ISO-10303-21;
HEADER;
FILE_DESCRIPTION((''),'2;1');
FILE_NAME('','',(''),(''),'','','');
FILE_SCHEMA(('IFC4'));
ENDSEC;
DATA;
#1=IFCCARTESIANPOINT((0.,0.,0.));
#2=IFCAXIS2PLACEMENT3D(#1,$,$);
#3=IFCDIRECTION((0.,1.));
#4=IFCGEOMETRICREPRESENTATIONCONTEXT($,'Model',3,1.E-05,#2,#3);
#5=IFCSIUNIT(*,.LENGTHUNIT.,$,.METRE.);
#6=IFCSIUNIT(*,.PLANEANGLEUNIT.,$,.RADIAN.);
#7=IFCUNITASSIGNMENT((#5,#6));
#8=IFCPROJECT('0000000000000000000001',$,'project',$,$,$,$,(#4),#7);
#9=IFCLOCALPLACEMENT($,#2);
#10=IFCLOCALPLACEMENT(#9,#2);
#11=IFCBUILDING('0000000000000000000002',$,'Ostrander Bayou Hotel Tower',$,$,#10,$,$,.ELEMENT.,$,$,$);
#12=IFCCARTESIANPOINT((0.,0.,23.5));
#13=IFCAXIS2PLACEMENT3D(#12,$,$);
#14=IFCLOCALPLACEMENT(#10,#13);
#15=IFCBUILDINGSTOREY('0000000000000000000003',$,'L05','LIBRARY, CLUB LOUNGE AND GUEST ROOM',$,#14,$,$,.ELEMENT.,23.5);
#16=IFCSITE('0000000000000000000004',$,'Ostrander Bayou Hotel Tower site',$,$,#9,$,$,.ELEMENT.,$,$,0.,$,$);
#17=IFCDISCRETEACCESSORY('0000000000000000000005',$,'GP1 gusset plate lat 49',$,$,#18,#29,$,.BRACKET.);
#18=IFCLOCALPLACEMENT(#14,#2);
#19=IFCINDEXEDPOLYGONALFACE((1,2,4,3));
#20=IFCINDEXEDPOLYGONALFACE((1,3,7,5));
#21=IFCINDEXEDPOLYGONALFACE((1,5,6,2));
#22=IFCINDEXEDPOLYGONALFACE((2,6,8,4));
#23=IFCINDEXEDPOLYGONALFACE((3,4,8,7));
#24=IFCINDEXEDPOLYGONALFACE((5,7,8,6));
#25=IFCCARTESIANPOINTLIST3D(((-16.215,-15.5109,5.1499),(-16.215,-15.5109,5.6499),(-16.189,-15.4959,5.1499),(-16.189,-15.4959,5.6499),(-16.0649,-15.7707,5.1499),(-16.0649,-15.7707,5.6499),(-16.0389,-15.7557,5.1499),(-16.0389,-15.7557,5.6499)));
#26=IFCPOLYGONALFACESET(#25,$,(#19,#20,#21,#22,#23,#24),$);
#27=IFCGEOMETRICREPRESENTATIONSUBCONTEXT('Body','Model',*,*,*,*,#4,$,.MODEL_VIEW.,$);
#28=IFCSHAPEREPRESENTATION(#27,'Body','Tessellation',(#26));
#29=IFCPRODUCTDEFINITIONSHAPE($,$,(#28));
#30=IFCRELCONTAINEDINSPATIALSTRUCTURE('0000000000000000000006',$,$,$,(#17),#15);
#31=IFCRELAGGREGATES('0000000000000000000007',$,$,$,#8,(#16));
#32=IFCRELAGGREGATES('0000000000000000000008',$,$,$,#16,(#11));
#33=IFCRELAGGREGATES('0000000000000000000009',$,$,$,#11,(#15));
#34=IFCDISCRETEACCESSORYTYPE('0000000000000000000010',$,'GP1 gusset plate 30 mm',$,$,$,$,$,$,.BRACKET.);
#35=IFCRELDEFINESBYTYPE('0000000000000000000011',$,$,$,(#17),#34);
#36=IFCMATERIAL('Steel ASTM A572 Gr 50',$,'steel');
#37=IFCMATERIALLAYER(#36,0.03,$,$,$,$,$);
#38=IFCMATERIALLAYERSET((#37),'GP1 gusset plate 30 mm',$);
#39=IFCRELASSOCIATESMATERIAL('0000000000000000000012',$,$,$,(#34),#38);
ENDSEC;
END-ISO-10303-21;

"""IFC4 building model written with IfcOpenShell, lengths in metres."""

from ifc_helpers import new_model, si_unit, direction, frame, origin, origin_2d, place, context, subcontext, project, spatial, rectangle, extrude, material, layer, layer_set, type_object, element, save


model = new_model("IFC4")

# Units and contexts
model_context = context("Model", 3, precision=1e-05, world=origin(), true_north=direction((0.0, 1.0)))
body_context = subcontext(model_context, "Body", "Model", "MODEL_VIEW")
ifc_project = project(units=[si_unit("LENGTHUNIT", "METRE"), si_unit("PLANEANGLEUNIT", "RADIAN")], contexts=[model_context])

# Site, building, storey
site_placement = place(None, origin())
site = spatial("IfcSite", under=ifc_project, at=site_placement, Name="Ostrander Bayou Hotel Tower site", CompositionType="ELEMENT", RefElevation=0.0)
building_placement = place(site_placement, origin())
building = spatial("IfcBuilding", under=site, at=building_placement, Name="Ostrander Bayou Hotel Tower", CompositionType="ELEMENT")
storey_placement = place(building_placement, frame((0.0, 0.0, 23.5)))
storey = spatial("IfcBuildingStorey", under=building, at=storey_placement, Name="L05", Description="LIBRARY, CLUB LOUNGE AND GUEST ROOM", CompositionType="ELEMENT", Elevation=23.5)

# Discrete accessory
ifc_material_1 = material(Name="Steel ASTM A572 Gr 50", Category="steel")
ifc_layer_1 = layer(ifc_material_1, 0.03)
ifc_layer_set_1 = layer_set([ifc_layer_1], Name="GP1 gusset plate 30 mm")
discrete_accessory_type = type_object("IfcDiscreteAccessoryType", Name="GP1 gusset plate 30 mm", PredefinedType="BRACKET", material=ifc_layer_set_1)
for number, where, z_axis, x_axis, name in (
    (1, (-16.127, -15.6333, 5.1499), (0.0, 0.0, 1.0), (0.5, -0.866025, 0.0), "GP1 gusset plate lat 49"),
):
    element("IfcDiscreteAccessory", number, at=place(storey_placement, frame(where, z_axis=z_axis, x_axis=x_axis)), inside=storey, type_object=discrete_accessory_type, Name=name, PredefinedType="BRACKET", context=body_context, shape_type="SweptSolid", body=[
        extrude(rectangle(XDim=0.3, YDim=0.03, at=origin_2d()), origin(), (0.0, 0.0, 1.0), 0.5),
    ])

save(model, "model.ifc")
